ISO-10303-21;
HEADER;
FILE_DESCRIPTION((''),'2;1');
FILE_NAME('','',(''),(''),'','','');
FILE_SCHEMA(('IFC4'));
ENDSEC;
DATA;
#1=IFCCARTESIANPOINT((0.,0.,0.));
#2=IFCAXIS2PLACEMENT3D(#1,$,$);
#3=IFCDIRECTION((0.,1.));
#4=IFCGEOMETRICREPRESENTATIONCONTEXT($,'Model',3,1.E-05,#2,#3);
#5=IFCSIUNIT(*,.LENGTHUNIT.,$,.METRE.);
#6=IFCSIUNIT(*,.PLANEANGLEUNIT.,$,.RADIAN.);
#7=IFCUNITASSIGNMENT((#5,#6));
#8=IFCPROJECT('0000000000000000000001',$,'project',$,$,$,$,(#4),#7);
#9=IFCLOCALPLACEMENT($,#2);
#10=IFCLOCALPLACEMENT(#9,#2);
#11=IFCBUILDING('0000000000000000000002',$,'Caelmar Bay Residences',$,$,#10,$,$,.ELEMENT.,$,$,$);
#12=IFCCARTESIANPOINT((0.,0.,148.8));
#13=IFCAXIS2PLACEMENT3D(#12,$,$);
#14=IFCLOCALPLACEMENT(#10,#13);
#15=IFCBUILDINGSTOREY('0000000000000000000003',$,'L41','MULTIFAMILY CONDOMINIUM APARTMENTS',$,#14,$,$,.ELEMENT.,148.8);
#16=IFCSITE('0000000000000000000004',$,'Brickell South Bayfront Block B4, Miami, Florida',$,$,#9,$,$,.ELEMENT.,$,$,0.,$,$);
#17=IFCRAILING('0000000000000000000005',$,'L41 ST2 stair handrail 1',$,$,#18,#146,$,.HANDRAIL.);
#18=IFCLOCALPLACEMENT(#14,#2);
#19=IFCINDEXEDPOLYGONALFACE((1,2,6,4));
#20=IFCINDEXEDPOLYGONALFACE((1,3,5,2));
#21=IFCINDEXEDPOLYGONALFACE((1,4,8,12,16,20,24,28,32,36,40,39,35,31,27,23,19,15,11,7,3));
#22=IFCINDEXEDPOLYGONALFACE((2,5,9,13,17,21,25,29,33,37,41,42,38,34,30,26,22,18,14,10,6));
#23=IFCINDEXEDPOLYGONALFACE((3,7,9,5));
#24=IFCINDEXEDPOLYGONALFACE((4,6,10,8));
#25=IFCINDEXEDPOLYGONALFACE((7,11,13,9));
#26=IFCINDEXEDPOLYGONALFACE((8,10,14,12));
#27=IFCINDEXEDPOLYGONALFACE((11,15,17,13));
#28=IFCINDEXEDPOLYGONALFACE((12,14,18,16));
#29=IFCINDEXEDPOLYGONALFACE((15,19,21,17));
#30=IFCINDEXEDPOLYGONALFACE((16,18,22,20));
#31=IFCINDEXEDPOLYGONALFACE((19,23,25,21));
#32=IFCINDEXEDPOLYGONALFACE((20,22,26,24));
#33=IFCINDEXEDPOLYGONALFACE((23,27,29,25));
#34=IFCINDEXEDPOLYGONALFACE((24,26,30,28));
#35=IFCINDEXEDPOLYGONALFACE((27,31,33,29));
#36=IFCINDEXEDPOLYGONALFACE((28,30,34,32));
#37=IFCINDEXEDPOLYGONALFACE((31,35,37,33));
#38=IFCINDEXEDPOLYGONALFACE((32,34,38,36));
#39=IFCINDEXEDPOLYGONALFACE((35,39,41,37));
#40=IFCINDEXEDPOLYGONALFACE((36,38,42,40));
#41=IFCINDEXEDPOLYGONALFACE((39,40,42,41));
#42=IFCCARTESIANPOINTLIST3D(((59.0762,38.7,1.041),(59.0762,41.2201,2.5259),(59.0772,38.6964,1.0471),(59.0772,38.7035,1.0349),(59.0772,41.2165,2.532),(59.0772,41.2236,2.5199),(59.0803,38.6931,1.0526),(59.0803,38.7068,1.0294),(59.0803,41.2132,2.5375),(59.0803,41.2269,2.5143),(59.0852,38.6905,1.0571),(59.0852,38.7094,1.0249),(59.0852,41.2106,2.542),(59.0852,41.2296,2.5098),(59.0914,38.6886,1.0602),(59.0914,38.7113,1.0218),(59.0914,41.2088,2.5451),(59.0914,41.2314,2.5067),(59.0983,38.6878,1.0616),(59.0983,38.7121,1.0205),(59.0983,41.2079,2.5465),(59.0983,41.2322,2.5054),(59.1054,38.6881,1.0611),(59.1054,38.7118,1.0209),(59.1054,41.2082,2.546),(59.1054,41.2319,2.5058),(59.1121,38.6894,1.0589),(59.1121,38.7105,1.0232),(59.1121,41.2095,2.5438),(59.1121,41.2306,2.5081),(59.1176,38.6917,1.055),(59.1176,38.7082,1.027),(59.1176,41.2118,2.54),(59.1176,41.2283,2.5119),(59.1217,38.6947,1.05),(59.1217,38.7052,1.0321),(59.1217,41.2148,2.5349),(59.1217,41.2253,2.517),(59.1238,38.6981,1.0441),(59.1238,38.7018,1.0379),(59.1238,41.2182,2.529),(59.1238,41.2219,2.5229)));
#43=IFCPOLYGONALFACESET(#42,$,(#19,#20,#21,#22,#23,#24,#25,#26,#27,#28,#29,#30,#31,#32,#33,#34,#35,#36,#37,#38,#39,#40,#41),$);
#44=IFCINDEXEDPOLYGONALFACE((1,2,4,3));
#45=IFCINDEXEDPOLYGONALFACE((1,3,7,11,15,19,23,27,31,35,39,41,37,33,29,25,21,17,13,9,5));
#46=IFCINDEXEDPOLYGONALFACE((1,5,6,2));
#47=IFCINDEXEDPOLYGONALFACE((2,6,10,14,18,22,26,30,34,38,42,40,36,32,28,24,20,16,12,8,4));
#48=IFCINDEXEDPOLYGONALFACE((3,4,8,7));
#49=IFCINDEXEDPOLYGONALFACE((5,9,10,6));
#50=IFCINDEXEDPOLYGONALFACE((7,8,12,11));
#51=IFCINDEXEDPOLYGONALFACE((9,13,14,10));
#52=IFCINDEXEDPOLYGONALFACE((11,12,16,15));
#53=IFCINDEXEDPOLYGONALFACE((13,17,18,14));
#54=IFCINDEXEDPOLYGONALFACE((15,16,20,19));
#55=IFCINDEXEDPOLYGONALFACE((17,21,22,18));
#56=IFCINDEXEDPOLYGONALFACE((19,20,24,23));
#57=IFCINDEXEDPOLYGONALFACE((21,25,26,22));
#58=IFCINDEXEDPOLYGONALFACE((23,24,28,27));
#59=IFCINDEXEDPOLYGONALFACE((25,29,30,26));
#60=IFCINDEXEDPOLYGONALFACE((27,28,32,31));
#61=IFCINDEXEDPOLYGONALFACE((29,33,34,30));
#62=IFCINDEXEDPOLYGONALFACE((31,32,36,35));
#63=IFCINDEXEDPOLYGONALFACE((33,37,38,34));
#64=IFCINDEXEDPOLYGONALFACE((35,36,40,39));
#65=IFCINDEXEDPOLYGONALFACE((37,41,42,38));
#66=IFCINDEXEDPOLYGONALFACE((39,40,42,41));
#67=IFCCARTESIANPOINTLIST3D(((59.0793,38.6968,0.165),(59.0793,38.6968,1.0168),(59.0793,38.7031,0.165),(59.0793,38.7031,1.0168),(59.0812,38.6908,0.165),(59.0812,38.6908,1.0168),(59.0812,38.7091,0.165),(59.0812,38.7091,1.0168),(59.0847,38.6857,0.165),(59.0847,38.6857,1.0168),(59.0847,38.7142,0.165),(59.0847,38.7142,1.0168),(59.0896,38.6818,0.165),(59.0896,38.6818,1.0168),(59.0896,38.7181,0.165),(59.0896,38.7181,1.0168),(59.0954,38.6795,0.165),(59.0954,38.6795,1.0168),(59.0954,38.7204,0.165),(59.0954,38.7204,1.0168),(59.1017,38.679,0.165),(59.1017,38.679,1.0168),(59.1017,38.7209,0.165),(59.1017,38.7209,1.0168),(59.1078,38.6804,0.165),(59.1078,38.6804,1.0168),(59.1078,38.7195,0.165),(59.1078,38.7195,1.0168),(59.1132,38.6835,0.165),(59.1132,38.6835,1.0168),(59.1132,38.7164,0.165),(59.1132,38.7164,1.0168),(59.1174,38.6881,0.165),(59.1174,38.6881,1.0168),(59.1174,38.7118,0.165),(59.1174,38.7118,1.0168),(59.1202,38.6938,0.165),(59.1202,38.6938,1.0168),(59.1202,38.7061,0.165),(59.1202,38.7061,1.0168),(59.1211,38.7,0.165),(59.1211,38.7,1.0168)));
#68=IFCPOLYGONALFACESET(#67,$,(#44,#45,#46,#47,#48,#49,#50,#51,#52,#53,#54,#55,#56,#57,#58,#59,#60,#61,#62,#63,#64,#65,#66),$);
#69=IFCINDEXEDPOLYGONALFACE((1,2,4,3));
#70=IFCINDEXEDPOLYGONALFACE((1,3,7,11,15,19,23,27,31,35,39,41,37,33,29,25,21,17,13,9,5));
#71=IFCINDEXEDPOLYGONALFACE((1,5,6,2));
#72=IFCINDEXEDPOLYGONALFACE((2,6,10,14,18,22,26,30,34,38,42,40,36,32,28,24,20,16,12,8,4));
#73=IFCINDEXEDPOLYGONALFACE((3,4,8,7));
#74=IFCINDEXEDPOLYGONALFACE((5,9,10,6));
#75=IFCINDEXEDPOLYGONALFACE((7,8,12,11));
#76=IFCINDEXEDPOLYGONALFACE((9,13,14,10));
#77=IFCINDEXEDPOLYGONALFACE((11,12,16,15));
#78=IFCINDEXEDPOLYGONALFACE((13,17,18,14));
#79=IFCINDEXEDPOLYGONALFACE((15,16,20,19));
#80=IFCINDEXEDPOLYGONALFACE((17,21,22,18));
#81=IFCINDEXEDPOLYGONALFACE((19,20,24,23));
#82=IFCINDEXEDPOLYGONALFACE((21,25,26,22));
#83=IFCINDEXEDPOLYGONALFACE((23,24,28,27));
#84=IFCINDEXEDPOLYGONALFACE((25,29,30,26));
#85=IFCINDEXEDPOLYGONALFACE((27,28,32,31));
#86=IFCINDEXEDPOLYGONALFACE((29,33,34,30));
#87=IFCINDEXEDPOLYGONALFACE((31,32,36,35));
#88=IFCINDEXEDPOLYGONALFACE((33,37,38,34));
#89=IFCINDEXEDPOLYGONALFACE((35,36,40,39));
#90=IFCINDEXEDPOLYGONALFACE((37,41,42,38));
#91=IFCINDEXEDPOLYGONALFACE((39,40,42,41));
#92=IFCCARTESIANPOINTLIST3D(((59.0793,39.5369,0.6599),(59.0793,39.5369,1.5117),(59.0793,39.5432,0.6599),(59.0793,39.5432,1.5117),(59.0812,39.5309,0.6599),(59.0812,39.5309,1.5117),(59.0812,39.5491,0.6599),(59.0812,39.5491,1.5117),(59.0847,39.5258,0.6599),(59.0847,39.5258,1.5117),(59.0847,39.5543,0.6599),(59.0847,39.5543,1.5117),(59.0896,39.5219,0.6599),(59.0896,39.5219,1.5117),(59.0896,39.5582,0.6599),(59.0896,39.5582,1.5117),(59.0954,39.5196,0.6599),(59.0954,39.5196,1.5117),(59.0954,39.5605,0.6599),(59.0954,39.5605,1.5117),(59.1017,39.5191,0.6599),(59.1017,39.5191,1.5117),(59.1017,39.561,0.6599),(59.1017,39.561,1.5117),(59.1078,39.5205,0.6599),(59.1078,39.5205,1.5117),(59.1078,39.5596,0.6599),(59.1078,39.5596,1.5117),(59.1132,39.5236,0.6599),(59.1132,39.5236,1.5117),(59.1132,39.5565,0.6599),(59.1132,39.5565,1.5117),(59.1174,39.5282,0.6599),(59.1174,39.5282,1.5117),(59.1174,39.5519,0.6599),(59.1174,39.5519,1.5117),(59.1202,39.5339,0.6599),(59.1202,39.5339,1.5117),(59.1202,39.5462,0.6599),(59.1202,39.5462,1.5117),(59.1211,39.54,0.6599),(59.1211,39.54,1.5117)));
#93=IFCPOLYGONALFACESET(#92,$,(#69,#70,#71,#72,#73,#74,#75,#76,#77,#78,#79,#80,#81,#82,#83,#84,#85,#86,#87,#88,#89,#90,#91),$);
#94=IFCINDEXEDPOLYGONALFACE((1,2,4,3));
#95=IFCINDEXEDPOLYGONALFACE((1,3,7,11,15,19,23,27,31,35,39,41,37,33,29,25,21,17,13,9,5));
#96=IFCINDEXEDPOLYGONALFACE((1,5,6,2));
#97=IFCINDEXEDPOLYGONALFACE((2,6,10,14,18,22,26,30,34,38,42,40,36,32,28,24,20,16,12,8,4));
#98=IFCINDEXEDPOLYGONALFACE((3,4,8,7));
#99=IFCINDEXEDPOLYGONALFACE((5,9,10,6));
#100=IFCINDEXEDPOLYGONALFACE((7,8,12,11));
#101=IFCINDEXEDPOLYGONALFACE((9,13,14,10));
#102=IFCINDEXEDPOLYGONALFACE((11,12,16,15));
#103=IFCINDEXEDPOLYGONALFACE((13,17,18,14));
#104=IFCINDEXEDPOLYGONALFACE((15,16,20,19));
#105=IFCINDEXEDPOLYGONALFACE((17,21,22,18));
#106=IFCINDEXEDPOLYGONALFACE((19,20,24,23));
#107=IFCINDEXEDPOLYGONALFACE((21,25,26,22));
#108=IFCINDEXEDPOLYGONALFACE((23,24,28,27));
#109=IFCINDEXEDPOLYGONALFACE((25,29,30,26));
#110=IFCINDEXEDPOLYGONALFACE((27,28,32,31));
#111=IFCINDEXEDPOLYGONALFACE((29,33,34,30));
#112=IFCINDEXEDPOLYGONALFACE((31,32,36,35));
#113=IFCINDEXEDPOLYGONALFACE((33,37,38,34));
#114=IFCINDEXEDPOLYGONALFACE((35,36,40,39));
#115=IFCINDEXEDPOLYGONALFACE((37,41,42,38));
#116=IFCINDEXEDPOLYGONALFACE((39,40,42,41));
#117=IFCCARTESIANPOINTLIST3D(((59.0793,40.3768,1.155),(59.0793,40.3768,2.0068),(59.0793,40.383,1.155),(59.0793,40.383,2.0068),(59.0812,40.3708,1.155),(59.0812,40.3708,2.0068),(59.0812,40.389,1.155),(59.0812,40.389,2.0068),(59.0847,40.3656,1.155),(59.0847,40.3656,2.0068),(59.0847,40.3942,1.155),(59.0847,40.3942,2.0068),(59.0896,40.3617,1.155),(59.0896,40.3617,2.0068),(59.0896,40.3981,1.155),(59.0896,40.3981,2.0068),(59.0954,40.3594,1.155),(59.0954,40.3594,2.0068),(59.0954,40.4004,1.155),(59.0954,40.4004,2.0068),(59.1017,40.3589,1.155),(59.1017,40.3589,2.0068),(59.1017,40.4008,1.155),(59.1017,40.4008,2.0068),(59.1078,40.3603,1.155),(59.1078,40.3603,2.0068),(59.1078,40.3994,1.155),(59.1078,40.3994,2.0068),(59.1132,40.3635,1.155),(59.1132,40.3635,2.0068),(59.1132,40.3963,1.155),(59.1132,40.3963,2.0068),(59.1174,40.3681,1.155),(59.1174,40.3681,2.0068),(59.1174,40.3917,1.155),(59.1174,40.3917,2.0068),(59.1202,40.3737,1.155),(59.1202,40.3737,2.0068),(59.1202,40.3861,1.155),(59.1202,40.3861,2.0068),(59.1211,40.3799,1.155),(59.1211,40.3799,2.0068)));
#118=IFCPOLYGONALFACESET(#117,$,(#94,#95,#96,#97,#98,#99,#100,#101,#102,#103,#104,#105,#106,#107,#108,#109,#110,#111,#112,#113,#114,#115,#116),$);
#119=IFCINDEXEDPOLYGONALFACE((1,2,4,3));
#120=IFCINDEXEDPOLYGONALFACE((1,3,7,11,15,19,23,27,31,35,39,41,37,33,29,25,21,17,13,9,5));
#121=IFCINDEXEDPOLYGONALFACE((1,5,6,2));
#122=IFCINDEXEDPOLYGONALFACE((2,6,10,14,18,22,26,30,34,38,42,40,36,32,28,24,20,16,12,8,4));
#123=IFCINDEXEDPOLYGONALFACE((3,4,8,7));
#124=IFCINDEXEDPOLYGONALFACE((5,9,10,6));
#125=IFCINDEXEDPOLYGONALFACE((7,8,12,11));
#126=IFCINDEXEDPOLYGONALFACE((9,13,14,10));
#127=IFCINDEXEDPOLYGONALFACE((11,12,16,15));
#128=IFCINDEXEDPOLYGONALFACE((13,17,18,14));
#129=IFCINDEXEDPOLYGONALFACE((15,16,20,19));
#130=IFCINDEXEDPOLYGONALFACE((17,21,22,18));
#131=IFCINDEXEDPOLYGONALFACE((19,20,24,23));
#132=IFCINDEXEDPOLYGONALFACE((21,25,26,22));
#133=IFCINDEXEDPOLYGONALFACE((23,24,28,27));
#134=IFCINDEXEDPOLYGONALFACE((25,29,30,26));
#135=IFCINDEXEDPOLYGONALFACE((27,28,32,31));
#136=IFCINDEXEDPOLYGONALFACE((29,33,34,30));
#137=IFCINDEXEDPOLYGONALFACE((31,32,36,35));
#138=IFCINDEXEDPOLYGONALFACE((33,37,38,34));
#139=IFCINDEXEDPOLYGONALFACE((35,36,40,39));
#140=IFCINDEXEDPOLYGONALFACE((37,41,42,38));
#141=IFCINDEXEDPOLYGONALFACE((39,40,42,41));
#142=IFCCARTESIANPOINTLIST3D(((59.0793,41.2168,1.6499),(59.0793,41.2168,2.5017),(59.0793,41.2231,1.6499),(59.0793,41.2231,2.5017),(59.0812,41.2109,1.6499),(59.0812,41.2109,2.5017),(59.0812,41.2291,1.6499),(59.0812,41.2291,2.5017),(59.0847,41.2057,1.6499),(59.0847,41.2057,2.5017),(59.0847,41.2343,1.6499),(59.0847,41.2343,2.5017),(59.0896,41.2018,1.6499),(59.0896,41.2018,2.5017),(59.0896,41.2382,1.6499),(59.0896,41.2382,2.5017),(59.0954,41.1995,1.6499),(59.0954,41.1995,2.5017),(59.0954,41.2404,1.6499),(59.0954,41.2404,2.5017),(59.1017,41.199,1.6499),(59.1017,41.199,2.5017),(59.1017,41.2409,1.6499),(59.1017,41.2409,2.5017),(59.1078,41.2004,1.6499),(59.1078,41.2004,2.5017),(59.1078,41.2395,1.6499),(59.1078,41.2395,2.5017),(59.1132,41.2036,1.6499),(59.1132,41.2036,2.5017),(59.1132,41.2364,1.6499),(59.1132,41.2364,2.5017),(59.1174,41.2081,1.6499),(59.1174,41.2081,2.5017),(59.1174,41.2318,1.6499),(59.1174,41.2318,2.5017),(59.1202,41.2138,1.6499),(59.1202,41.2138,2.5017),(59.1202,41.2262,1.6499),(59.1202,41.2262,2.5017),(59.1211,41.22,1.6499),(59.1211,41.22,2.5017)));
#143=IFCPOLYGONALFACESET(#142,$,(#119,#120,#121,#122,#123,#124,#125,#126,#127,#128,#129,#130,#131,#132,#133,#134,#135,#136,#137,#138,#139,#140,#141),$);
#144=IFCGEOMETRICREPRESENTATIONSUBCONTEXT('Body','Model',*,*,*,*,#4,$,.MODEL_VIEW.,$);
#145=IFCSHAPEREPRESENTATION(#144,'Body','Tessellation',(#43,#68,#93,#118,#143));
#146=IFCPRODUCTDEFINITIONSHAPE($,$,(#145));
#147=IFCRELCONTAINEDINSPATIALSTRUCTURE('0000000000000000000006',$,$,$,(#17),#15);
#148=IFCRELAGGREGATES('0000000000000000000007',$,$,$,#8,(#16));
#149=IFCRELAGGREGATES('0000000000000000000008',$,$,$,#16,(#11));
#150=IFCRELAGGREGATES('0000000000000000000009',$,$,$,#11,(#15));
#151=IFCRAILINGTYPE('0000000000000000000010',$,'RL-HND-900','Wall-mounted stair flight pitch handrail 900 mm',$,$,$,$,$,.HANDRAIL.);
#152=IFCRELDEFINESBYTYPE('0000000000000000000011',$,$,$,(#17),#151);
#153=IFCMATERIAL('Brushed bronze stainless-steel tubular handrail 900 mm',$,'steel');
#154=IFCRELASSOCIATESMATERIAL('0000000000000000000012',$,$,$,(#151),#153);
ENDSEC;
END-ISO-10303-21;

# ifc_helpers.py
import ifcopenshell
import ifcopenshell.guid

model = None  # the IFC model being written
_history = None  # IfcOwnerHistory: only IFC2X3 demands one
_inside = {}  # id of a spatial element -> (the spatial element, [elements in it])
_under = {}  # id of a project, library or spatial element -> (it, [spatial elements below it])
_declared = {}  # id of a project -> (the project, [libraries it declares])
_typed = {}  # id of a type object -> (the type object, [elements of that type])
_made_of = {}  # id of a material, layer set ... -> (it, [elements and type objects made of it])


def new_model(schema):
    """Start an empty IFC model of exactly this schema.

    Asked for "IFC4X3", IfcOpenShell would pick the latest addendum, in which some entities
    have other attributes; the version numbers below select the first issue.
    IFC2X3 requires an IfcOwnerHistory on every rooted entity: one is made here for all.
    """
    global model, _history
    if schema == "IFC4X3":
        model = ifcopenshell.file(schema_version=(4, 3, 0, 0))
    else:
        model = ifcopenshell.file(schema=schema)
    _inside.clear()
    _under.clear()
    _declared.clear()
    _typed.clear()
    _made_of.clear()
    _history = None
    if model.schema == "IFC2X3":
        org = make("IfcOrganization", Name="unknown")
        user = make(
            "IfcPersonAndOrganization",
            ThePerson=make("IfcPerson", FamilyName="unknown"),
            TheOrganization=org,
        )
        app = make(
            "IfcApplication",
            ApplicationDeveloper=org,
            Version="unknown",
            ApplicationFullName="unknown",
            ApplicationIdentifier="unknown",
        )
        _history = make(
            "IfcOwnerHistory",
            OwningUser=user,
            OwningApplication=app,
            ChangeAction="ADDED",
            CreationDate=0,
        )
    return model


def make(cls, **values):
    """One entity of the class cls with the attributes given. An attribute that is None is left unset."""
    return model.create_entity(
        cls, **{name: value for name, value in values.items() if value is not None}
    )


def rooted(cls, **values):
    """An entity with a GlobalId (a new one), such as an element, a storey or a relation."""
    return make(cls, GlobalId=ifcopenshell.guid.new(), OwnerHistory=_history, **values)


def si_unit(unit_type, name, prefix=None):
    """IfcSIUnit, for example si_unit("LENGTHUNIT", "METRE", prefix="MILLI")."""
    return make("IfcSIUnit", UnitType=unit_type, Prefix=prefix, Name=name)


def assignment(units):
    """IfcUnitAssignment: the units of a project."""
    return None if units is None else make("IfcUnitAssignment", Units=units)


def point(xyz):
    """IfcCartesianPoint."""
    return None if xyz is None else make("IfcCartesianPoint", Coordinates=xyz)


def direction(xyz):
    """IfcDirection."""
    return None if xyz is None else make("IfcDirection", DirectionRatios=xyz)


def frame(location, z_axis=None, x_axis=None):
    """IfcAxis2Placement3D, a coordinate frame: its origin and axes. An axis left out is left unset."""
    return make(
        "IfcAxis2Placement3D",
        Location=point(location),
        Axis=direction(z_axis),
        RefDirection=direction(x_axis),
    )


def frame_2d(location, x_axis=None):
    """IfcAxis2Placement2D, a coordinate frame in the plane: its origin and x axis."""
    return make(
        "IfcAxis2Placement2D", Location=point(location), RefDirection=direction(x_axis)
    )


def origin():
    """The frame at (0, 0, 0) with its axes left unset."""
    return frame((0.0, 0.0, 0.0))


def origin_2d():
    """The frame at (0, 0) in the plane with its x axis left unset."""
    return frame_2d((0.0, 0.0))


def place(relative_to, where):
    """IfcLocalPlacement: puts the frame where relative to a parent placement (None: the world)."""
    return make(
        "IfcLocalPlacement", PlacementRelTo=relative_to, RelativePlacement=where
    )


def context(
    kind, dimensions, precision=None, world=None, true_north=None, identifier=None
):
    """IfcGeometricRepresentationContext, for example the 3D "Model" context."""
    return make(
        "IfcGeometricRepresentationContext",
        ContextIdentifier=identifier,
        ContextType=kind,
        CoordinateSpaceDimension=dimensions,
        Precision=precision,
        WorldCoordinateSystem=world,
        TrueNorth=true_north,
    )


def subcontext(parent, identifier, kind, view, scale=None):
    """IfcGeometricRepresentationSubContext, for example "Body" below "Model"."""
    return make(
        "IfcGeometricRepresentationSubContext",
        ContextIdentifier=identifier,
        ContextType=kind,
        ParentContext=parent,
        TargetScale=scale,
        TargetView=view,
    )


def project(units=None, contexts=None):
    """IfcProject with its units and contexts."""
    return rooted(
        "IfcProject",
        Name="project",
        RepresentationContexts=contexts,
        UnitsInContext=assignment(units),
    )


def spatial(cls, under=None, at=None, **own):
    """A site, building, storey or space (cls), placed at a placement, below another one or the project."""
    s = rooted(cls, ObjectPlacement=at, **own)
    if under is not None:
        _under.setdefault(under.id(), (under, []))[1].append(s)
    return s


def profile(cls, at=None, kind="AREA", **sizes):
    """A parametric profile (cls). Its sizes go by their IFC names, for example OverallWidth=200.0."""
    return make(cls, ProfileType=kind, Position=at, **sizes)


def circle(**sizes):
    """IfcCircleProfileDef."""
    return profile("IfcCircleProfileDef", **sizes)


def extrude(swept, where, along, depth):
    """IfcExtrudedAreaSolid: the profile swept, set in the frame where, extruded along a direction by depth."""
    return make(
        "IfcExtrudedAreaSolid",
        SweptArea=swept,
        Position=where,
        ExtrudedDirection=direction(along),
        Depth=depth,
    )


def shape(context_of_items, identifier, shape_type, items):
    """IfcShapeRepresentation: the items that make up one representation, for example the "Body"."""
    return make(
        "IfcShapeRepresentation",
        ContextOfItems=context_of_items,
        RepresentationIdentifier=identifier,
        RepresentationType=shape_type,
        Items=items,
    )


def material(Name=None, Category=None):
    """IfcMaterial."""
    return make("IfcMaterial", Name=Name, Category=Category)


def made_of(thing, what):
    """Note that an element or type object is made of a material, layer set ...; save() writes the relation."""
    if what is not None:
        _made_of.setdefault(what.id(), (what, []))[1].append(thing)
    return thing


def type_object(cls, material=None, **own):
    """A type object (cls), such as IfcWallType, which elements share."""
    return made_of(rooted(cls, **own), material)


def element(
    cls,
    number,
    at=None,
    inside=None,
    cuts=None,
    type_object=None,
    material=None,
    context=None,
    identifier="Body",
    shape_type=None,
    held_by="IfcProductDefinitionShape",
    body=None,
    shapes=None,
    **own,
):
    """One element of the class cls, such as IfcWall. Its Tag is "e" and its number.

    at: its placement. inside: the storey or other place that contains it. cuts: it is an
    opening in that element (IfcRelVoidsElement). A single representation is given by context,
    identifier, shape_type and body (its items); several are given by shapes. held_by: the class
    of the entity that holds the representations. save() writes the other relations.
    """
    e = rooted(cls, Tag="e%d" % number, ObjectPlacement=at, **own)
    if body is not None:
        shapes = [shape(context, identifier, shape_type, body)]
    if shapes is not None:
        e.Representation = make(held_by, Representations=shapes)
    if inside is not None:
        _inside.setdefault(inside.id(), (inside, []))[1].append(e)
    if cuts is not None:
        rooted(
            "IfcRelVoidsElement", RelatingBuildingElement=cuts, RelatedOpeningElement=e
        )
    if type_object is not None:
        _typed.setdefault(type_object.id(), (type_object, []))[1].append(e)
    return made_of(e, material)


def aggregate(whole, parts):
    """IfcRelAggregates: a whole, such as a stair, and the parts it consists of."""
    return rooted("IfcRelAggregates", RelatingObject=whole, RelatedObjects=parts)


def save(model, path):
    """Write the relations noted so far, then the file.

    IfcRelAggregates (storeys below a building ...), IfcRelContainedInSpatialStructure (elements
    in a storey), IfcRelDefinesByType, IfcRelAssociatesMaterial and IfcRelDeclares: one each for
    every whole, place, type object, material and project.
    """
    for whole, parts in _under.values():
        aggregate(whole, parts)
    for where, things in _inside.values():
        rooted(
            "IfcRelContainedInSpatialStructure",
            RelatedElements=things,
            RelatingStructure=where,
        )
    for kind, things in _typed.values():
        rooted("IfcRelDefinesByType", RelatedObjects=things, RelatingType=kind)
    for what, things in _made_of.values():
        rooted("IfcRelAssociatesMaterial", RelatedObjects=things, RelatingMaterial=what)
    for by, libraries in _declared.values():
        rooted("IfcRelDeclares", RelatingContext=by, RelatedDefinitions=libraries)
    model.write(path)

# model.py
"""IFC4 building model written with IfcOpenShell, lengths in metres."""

from ifc_helpers import new_model, si_unit, direction, frame, origin, origin_2d, place, context, subcontext, project, spatial, circle, extrude, material, type_object, element, save


model = new_model("IFC4")

# Units and contexts
model_context = context("Model", 3, precision=1e-05, world=origin(), true_north=direction((0.0, 1.0)))
body_context = subcontext(model_context, "Body", "Model", "MODEL_VIEW")
ifc_project = project(units=[si_unit("LENGTHUNIT", "METRE"), si_unit("PLANEANGLEUNIT", "RADIAN")], contexts=[model_context])

# Site, building, storey
site_placement = place(None, origin())
site = spatial("IfcSite", under=ifc_project, at=site_placement, Name="Brickell South Bayfront Block B4, Miami, Florida", CompositionType="ELEMENT", RefElevation=0.0)
building_placement = place(site_placement, origin())
building = spatial("IfcBuilding", under=site, at=building_placement, Name="Caelmar Bay Residences", CompositionType="ELEMENT")
storey_placement = place(building_placement, frame((0.0, 0.0, 148.8)))
storey = spatial("IfcBuildingStorey", under=building, at=storey_placement, Name="L41", Description="MULTIFAMILY CONDOMINIUM APARTMENTS", CompositionType="ELEMENT", Elevation=148.8)

# Railing
ifc_material_1 = material(Name="Brushed bronze stainless-steel tubular handrail 900 mm", Category="steel")
railing_type_1 = type_object("IfcRailingType", Name="RL-HND-900", Description="Wall-mounted stair flight pitch handrail 900 mm", PredefinedType="HANDRAIL", material=ifc_material_1)
railing_1_placement = place(storey_placement, frame((59.1001, 38.7, 0.165)))
element("IfcRailing", 1, at=railing_1_placement, inside=storey, type_object=railing_type_1, Name="L41 ST2 stair handrail 1", PredefinedType="HANDRAIL", context=body_context, shape_type="SweptSolid", body=[
    extrude(circle(Radius=0.0239, at=origin_2d()), frame((0.0, 0.0, 0.876), z_axis=(0.0, 0.861561, 0.507655), x_axis=(-1.0, 0.0, 0.0)), (0.0, 0.0, 1.0), 2.925),
    extrude(circle(Radius=0.021, at=origin_2d()), origin(), (0.0, 0.0, 1.0), 0.8518),
    extrude(circle(Radius=0.021, at=origin_2d()), frame((0.0, 0.8401, 0.4949)), (0.0, 0.0, 1.0), 0.8518),
    extrude(circle(Radius=0.021, at=origin_2d()), frame((0.0, 1.6799, 0.99)), (0.0, 0.0, 1.0), 0.8518),
    extrude(circle(Radius=0.021, at=origin_2d()), frame((0.0, 2.52, 1.4849)), (0.0, 0.0, 1.0), 0.8518),
])

save(model, "model.ifc")
